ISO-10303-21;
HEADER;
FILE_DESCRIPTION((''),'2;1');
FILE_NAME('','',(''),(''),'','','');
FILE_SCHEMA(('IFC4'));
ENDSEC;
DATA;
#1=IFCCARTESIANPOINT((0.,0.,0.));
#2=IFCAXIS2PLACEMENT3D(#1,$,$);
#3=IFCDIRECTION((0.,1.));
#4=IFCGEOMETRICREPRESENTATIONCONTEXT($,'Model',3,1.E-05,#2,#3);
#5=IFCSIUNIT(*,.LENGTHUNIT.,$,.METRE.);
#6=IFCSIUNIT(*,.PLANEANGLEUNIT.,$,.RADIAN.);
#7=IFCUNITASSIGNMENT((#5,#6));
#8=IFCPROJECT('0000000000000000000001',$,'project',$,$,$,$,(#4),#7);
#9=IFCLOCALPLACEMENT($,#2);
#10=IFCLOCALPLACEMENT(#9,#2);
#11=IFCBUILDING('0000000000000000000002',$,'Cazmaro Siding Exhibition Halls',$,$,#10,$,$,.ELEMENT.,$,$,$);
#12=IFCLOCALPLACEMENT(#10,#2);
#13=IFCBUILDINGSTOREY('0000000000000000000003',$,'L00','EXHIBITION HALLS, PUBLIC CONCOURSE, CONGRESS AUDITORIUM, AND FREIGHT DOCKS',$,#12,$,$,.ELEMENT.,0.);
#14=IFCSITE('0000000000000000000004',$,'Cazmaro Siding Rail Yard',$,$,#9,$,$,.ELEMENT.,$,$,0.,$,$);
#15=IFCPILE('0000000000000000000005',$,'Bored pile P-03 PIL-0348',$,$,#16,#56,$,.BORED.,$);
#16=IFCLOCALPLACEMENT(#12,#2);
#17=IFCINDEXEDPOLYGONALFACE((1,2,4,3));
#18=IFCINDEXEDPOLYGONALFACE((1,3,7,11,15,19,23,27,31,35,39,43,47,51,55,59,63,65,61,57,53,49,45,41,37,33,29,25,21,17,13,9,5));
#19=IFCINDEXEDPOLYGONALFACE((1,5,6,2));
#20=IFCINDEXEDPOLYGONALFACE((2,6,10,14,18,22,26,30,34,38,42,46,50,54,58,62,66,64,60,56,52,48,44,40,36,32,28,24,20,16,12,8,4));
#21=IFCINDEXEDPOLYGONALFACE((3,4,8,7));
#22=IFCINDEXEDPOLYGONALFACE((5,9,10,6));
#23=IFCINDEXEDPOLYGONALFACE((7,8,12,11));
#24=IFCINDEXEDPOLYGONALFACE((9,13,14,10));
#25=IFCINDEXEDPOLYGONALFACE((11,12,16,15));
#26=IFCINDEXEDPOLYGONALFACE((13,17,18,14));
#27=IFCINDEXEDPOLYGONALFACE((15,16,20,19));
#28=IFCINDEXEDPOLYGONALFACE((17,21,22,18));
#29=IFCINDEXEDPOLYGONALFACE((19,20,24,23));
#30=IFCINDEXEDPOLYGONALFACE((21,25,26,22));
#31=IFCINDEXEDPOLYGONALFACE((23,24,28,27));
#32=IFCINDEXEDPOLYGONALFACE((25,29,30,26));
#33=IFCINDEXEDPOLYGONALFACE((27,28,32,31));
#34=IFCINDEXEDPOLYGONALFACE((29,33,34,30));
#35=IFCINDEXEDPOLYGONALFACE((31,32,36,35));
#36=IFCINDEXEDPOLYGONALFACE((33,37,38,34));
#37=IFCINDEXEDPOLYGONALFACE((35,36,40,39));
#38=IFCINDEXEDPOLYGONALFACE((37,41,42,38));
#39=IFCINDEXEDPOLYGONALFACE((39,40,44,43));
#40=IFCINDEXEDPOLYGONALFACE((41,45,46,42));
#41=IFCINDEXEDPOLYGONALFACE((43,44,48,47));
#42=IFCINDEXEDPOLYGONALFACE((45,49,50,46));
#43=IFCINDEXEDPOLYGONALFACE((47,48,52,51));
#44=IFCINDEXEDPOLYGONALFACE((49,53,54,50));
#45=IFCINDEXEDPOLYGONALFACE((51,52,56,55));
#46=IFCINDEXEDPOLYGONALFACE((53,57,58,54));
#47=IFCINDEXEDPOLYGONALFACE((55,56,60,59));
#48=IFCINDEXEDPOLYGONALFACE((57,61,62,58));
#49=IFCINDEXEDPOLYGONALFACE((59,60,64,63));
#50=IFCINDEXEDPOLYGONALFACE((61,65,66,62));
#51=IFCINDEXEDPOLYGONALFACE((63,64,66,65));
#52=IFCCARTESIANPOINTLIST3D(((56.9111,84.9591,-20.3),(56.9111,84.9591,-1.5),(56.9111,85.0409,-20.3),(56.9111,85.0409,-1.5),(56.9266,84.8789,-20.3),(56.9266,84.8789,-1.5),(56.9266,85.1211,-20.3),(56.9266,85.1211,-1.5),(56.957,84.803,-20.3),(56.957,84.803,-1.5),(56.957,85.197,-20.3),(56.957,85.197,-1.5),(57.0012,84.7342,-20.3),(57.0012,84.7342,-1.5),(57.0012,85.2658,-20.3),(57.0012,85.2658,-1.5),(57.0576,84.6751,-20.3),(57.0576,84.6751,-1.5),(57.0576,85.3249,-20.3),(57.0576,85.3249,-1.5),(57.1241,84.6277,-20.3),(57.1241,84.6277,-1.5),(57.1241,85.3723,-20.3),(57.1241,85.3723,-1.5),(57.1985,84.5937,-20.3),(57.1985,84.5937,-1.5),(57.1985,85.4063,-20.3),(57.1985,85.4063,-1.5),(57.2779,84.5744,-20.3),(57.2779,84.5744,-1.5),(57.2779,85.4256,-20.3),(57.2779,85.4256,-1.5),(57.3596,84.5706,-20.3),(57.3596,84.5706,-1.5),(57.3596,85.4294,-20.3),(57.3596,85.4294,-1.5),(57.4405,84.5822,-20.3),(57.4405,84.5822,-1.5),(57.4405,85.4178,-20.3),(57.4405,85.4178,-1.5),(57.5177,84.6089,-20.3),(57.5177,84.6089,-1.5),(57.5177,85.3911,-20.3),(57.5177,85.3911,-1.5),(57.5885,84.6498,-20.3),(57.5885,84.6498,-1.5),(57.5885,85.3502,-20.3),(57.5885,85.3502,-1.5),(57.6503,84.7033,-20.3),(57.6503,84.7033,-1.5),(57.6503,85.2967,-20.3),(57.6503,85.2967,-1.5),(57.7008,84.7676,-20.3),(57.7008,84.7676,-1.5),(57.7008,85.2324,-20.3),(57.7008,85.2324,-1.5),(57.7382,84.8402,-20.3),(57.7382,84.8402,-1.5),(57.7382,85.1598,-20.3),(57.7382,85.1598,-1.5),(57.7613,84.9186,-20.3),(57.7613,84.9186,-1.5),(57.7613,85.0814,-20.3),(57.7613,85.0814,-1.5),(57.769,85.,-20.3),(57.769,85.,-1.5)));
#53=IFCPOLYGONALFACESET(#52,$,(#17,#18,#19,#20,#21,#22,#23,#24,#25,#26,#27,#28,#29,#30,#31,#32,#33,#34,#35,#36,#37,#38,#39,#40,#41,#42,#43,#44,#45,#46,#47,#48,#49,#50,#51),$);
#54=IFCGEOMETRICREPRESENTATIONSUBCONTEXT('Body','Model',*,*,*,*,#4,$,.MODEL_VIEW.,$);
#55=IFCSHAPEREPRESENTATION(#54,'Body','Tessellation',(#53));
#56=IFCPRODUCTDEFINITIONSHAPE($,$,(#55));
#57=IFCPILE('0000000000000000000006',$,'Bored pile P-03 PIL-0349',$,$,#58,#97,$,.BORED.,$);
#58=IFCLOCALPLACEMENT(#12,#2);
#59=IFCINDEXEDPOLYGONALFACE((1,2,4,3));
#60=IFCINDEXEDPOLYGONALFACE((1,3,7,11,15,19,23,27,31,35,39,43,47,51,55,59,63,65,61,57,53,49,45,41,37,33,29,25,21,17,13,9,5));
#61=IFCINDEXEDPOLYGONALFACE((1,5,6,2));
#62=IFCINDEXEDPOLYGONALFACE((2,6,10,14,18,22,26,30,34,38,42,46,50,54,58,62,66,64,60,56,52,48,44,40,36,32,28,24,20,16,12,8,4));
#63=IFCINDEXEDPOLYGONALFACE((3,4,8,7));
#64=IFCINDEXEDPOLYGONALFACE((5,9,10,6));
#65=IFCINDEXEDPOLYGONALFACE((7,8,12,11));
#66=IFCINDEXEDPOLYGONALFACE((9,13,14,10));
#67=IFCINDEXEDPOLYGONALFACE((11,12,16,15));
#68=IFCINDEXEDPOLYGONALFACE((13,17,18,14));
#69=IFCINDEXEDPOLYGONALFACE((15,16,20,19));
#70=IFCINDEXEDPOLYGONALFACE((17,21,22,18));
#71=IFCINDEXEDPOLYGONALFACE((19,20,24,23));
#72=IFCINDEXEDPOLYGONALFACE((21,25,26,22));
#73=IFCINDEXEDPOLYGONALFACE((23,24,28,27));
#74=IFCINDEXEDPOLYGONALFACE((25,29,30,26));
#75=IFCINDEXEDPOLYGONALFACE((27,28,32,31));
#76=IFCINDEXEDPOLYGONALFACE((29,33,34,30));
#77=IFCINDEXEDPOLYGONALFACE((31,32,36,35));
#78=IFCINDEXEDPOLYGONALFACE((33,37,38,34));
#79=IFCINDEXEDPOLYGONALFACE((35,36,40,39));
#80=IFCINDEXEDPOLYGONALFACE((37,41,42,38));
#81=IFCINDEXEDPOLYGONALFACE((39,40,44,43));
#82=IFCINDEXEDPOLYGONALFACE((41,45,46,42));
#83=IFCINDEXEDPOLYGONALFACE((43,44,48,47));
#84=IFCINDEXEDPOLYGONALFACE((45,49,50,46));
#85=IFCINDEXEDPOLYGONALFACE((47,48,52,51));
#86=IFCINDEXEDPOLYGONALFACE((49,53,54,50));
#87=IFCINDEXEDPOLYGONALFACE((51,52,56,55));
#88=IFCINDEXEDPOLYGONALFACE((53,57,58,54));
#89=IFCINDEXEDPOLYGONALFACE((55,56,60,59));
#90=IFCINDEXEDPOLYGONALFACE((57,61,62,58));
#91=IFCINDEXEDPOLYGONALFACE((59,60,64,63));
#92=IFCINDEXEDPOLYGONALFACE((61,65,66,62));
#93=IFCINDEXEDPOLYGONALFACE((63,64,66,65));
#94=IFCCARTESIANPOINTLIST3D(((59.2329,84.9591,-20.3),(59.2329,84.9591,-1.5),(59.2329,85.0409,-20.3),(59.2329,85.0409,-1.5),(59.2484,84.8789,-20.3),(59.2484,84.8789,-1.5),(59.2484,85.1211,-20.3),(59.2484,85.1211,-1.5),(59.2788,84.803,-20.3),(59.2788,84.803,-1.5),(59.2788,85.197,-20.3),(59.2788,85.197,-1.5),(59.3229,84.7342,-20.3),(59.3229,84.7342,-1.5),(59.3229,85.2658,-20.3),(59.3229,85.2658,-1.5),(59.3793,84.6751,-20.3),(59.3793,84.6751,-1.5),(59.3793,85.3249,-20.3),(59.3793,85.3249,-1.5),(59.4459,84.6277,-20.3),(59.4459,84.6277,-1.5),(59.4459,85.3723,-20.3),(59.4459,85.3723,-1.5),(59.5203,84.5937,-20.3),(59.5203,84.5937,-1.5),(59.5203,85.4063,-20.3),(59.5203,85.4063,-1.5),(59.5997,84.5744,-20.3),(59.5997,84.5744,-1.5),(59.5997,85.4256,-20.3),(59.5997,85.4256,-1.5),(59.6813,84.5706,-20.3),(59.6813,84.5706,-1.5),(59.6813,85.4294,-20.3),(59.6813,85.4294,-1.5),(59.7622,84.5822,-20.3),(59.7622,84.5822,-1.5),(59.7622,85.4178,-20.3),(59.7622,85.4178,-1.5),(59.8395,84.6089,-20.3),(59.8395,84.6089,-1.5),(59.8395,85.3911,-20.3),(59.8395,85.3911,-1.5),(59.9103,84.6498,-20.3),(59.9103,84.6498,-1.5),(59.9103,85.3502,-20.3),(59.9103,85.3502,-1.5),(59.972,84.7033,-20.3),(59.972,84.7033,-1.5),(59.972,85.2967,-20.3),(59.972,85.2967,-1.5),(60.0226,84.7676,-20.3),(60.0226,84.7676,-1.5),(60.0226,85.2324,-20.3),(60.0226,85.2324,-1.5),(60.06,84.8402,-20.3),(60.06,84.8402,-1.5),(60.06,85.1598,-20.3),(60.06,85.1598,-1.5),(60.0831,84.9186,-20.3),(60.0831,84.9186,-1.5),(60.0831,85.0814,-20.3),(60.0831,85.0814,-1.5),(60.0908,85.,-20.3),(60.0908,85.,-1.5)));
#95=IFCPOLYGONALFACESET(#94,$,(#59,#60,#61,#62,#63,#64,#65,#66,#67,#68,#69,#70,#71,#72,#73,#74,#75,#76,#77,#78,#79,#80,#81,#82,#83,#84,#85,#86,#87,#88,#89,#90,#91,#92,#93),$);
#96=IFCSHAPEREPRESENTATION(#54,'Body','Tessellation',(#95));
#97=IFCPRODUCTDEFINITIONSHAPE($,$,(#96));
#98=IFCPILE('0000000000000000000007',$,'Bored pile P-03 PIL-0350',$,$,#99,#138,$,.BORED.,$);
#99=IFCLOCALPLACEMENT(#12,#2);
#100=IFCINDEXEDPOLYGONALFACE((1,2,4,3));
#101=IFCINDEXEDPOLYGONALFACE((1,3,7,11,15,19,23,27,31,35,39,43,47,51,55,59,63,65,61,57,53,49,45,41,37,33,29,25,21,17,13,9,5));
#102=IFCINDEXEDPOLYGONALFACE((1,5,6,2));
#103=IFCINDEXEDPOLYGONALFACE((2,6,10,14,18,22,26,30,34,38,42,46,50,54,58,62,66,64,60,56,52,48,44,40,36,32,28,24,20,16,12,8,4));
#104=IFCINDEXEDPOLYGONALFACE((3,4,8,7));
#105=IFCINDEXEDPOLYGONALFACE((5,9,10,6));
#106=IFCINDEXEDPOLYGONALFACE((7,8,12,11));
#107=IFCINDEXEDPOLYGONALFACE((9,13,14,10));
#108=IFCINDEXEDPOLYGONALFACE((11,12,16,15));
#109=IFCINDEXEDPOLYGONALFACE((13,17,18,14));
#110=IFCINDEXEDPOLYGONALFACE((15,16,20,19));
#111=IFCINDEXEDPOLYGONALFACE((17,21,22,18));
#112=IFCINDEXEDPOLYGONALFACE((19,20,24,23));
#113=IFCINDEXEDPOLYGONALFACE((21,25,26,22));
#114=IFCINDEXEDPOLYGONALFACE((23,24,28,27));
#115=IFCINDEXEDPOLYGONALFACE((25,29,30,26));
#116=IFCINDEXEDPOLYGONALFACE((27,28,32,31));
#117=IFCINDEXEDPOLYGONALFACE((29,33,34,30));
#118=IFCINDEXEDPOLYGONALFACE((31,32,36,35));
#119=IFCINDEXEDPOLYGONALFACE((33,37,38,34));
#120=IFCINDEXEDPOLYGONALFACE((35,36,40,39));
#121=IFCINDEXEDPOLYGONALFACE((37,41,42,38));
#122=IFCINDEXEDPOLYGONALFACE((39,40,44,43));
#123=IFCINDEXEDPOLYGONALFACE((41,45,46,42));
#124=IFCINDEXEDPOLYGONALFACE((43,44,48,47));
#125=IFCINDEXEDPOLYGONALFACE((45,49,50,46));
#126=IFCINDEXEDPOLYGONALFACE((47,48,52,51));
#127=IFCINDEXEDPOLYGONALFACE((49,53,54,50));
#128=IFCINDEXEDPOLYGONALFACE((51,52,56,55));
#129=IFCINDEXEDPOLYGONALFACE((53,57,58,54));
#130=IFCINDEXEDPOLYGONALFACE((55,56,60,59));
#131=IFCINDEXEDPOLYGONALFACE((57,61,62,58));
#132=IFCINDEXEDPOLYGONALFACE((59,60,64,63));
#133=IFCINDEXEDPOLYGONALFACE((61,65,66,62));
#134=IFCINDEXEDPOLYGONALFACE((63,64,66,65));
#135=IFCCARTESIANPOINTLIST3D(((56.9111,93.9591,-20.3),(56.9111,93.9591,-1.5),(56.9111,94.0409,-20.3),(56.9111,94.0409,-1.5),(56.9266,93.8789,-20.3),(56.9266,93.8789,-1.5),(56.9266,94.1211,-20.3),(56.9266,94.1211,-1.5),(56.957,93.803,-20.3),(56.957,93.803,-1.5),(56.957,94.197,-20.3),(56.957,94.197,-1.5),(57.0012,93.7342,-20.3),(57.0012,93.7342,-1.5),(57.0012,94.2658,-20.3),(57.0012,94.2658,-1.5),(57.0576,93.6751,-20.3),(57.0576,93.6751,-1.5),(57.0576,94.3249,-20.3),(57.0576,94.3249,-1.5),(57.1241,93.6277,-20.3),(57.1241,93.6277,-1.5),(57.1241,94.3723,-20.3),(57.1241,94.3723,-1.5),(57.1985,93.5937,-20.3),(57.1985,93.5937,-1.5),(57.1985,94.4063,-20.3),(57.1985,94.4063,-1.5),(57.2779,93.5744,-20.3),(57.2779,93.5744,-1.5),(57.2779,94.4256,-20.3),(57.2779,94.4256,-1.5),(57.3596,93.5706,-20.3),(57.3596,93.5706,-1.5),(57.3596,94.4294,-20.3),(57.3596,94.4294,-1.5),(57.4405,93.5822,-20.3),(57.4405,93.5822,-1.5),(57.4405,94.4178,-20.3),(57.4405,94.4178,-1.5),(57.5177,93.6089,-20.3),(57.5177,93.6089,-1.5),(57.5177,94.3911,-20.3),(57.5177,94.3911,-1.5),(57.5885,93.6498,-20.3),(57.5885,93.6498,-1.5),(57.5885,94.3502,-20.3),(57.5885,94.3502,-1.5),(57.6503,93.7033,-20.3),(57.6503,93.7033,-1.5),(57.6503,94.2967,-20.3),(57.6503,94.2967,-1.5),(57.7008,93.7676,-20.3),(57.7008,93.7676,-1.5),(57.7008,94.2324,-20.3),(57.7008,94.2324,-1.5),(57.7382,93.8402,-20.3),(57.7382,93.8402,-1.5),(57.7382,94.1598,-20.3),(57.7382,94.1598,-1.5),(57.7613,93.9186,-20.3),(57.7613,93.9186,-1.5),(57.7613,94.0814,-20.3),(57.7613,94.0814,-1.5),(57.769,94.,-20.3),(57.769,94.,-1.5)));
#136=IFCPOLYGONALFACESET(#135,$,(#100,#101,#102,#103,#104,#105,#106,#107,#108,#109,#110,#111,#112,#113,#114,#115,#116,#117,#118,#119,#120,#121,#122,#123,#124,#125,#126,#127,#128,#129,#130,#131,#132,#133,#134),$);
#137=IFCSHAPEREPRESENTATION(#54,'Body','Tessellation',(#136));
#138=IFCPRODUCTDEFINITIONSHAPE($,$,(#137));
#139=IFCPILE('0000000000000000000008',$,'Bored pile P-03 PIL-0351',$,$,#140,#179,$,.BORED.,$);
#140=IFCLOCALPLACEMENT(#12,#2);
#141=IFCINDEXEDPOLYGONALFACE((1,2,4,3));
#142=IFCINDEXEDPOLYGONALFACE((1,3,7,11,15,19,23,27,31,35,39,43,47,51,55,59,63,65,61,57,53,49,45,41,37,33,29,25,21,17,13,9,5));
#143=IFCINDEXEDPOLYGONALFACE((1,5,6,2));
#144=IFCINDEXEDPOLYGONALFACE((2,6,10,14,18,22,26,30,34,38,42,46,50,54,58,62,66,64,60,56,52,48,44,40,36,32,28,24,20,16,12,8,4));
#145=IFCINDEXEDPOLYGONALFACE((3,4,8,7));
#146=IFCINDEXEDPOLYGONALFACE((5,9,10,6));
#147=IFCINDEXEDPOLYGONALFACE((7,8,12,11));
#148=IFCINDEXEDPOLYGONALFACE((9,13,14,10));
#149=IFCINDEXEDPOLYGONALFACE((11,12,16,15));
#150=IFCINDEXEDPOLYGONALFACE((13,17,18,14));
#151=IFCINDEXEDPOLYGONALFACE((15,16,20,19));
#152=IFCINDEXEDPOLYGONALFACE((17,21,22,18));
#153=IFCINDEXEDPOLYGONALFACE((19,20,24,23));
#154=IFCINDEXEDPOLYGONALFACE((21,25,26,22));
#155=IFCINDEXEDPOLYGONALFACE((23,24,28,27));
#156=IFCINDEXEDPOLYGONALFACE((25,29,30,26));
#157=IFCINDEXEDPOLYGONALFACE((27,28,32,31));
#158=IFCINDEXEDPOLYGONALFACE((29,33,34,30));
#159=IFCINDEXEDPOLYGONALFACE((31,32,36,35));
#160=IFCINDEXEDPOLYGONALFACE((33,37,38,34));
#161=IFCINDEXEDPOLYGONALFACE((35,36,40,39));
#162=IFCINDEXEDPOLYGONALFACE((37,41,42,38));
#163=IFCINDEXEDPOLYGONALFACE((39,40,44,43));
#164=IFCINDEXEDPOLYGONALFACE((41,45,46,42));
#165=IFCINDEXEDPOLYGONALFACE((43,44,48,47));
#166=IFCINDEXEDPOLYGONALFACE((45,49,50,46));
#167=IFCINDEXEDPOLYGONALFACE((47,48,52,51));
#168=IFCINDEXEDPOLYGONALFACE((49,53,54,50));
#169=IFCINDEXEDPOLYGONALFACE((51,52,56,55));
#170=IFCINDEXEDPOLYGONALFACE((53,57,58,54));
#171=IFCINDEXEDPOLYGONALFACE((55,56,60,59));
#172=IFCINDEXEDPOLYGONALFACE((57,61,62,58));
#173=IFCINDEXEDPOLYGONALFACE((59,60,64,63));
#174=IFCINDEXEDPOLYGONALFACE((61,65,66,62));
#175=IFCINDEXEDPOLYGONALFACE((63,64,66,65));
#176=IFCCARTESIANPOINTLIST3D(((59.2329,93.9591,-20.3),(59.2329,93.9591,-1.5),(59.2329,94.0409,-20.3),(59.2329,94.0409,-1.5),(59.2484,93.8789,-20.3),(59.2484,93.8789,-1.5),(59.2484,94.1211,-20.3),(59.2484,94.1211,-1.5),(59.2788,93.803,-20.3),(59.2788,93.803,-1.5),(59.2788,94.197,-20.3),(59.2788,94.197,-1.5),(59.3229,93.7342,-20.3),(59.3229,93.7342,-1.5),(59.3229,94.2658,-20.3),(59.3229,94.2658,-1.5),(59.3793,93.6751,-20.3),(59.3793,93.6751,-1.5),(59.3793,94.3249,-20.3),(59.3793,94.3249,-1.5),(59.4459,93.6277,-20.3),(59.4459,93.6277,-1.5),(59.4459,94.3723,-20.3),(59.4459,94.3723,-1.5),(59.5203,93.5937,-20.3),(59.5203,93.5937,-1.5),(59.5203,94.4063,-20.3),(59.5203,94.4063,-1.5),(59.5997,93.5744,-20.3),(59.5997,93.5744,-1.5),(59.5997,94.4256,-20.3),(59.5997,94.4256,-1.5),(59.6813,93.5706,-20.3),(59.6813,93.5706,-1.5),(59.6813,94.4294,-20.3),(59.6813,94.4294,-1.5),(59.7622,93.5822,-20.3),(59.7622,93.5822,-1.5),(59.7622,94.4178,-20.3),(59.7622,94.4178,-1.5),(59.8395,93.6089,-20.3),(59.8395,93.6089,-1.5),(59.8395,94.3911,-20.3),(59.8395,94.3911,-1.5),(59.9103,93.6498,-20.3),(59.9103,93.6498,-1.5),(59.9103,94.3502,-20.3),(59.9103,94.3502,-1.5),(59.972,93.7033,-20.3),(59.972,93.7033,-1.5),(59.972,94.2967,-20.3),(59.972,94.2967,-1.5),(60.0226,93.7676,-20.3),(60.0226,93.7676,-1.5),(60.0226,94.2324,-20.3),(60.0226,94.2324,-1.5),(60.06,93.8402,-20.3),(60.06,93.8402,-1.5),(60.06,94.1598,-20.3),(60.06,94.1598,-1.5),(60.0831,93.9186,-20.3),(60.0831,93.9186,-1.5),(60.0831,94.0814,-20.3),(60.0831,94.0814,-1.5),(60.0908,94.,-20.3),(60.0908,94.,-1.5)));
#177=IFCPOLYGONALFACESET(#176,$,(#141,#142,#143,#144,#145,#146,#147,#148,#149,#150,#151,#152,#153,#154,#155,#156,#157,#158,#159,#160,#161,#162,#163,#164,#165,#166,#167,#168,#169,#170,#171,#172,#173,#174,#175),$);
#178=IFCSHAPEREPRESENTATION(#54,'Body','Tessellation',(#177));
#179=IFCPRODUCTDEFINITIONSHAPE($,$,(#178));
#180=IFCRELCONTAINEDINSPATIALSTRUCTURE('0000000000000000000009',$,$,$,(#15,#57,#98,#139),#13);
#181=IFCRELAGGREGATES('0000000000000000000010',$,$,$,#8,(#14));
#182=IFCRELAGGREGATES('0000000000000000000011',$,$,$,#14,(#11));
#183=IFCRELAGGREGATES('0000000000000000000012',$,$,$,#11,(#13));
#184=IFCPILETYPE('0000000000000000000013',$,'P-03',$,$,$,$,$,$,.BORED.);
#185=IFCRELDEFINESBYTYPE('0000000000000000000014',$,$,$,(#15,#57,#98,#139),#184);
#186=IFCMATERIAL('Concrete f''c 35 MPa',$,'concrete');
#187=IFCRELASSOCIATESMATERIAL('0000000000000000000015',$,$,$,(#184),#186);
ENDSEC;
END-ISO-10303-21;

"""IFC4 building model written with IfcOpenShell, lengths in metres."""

from ifc_helpers import new_model, si_unit, direction, frame, origin, origin_2d, place, context, subcontext, project, spatial, circle, extrude, material, material_profile, profile_set, type_object, element, save


model = new_model("IFC4")

# Units and contexts
model_context = context("Model", 3, precision=1e-05, world=origin(), true_north=direction((0.0, 1.0)))
body_context = subcontext(model_context, "Body", "Model", "MODEL_VIEW")
ifc_project = project(units=[si_unit("LENGTHUNIT", "METRE"), si_unit("PLANEANGLEUNIT", "RADIAN")], contexts=[model_context])

# Site, building, storey
site_placement = place(None, origin())
site = spatial("IfcSite", under=ifc_project, at=site_placement, Name="Cazmaro Siding Rail Yard", CompositionType="ELEMENT", RefElevation=0.0)
building_placement = place(site_placement, origin())
building = spatial("IfcBuilding", under=site, at=building_placement, Name="Cazmaro Siding Exhibition Halls", CompositionType="ELEMENT")
storey_placement = place(building_placement, origin())
storey = spatial("IfcBuildingStorey", under=building, at=storey_placement, Name="L00", Description="EXHIBITION HALLS, PUBLIC CONCOURSE, CONGRESS AUDITORIUM, AND FREIGHT DOCKS", CompositionType="ELEMENT", Elevation=0.0)

# Piles
ifc_material_1 = material(Name="Concrete f'c 35 MPa", Category="concrete")
ifc_material_profile_1 = material_profile(ifc_material_1, circle(Radius=0.4299, at=origin_2d()), Name="CIDH-860")
ifc_profile_set_1 = profile_set([ifc_material_profile_1], Name="Concrete f'c 35 MPa")
pile_type_1 = type_object("IfcPileType", Name="P-03", PredefinedType="BORED", material=ifc_profile_set_1)
for number, where, z_axis, x_axis, name in (
    (1, (57.3391, 85.0, -1.5), (0.0, 0.0, -1.0), (1.0, 0.0, 0.0), "Bored pile P-03 PIL-0348"),
    (2, (59.6609, 85.0, -1.5), (0.0, 0.0, -1.0), (1.0, 0.0, 0.0), "Bored pile P-03 PIL-0349"),
    (3, (57.3391, 94.0, -1.5), (0.0, 0.0, -1.0), (1.0, 0.0, 0.0), "Bored pile P-03 PIL-0350"),
    (4, (59.6609, 94.0, -1.5), (0.0, 0.0, -1.0), (1.0, 0.0, 0.0), "Bored pile P-03 PIL-0351"),
):
    element("IfcPile", number, at=place(storey_placement, frame(where, z_axis=z_axis, x_axis=x_axis)), inside=storey, type_object=pile_type_1, Name=name, PredefinedType="BORED", context=body_context, shape_type="SweptSolid", body=[
        extrude(circle(Radius=0.4299, at=origin_2d()), origin(), (0.0, 0.0, 1.0), 18.8),
    ])

save(model, "model.ifc")
